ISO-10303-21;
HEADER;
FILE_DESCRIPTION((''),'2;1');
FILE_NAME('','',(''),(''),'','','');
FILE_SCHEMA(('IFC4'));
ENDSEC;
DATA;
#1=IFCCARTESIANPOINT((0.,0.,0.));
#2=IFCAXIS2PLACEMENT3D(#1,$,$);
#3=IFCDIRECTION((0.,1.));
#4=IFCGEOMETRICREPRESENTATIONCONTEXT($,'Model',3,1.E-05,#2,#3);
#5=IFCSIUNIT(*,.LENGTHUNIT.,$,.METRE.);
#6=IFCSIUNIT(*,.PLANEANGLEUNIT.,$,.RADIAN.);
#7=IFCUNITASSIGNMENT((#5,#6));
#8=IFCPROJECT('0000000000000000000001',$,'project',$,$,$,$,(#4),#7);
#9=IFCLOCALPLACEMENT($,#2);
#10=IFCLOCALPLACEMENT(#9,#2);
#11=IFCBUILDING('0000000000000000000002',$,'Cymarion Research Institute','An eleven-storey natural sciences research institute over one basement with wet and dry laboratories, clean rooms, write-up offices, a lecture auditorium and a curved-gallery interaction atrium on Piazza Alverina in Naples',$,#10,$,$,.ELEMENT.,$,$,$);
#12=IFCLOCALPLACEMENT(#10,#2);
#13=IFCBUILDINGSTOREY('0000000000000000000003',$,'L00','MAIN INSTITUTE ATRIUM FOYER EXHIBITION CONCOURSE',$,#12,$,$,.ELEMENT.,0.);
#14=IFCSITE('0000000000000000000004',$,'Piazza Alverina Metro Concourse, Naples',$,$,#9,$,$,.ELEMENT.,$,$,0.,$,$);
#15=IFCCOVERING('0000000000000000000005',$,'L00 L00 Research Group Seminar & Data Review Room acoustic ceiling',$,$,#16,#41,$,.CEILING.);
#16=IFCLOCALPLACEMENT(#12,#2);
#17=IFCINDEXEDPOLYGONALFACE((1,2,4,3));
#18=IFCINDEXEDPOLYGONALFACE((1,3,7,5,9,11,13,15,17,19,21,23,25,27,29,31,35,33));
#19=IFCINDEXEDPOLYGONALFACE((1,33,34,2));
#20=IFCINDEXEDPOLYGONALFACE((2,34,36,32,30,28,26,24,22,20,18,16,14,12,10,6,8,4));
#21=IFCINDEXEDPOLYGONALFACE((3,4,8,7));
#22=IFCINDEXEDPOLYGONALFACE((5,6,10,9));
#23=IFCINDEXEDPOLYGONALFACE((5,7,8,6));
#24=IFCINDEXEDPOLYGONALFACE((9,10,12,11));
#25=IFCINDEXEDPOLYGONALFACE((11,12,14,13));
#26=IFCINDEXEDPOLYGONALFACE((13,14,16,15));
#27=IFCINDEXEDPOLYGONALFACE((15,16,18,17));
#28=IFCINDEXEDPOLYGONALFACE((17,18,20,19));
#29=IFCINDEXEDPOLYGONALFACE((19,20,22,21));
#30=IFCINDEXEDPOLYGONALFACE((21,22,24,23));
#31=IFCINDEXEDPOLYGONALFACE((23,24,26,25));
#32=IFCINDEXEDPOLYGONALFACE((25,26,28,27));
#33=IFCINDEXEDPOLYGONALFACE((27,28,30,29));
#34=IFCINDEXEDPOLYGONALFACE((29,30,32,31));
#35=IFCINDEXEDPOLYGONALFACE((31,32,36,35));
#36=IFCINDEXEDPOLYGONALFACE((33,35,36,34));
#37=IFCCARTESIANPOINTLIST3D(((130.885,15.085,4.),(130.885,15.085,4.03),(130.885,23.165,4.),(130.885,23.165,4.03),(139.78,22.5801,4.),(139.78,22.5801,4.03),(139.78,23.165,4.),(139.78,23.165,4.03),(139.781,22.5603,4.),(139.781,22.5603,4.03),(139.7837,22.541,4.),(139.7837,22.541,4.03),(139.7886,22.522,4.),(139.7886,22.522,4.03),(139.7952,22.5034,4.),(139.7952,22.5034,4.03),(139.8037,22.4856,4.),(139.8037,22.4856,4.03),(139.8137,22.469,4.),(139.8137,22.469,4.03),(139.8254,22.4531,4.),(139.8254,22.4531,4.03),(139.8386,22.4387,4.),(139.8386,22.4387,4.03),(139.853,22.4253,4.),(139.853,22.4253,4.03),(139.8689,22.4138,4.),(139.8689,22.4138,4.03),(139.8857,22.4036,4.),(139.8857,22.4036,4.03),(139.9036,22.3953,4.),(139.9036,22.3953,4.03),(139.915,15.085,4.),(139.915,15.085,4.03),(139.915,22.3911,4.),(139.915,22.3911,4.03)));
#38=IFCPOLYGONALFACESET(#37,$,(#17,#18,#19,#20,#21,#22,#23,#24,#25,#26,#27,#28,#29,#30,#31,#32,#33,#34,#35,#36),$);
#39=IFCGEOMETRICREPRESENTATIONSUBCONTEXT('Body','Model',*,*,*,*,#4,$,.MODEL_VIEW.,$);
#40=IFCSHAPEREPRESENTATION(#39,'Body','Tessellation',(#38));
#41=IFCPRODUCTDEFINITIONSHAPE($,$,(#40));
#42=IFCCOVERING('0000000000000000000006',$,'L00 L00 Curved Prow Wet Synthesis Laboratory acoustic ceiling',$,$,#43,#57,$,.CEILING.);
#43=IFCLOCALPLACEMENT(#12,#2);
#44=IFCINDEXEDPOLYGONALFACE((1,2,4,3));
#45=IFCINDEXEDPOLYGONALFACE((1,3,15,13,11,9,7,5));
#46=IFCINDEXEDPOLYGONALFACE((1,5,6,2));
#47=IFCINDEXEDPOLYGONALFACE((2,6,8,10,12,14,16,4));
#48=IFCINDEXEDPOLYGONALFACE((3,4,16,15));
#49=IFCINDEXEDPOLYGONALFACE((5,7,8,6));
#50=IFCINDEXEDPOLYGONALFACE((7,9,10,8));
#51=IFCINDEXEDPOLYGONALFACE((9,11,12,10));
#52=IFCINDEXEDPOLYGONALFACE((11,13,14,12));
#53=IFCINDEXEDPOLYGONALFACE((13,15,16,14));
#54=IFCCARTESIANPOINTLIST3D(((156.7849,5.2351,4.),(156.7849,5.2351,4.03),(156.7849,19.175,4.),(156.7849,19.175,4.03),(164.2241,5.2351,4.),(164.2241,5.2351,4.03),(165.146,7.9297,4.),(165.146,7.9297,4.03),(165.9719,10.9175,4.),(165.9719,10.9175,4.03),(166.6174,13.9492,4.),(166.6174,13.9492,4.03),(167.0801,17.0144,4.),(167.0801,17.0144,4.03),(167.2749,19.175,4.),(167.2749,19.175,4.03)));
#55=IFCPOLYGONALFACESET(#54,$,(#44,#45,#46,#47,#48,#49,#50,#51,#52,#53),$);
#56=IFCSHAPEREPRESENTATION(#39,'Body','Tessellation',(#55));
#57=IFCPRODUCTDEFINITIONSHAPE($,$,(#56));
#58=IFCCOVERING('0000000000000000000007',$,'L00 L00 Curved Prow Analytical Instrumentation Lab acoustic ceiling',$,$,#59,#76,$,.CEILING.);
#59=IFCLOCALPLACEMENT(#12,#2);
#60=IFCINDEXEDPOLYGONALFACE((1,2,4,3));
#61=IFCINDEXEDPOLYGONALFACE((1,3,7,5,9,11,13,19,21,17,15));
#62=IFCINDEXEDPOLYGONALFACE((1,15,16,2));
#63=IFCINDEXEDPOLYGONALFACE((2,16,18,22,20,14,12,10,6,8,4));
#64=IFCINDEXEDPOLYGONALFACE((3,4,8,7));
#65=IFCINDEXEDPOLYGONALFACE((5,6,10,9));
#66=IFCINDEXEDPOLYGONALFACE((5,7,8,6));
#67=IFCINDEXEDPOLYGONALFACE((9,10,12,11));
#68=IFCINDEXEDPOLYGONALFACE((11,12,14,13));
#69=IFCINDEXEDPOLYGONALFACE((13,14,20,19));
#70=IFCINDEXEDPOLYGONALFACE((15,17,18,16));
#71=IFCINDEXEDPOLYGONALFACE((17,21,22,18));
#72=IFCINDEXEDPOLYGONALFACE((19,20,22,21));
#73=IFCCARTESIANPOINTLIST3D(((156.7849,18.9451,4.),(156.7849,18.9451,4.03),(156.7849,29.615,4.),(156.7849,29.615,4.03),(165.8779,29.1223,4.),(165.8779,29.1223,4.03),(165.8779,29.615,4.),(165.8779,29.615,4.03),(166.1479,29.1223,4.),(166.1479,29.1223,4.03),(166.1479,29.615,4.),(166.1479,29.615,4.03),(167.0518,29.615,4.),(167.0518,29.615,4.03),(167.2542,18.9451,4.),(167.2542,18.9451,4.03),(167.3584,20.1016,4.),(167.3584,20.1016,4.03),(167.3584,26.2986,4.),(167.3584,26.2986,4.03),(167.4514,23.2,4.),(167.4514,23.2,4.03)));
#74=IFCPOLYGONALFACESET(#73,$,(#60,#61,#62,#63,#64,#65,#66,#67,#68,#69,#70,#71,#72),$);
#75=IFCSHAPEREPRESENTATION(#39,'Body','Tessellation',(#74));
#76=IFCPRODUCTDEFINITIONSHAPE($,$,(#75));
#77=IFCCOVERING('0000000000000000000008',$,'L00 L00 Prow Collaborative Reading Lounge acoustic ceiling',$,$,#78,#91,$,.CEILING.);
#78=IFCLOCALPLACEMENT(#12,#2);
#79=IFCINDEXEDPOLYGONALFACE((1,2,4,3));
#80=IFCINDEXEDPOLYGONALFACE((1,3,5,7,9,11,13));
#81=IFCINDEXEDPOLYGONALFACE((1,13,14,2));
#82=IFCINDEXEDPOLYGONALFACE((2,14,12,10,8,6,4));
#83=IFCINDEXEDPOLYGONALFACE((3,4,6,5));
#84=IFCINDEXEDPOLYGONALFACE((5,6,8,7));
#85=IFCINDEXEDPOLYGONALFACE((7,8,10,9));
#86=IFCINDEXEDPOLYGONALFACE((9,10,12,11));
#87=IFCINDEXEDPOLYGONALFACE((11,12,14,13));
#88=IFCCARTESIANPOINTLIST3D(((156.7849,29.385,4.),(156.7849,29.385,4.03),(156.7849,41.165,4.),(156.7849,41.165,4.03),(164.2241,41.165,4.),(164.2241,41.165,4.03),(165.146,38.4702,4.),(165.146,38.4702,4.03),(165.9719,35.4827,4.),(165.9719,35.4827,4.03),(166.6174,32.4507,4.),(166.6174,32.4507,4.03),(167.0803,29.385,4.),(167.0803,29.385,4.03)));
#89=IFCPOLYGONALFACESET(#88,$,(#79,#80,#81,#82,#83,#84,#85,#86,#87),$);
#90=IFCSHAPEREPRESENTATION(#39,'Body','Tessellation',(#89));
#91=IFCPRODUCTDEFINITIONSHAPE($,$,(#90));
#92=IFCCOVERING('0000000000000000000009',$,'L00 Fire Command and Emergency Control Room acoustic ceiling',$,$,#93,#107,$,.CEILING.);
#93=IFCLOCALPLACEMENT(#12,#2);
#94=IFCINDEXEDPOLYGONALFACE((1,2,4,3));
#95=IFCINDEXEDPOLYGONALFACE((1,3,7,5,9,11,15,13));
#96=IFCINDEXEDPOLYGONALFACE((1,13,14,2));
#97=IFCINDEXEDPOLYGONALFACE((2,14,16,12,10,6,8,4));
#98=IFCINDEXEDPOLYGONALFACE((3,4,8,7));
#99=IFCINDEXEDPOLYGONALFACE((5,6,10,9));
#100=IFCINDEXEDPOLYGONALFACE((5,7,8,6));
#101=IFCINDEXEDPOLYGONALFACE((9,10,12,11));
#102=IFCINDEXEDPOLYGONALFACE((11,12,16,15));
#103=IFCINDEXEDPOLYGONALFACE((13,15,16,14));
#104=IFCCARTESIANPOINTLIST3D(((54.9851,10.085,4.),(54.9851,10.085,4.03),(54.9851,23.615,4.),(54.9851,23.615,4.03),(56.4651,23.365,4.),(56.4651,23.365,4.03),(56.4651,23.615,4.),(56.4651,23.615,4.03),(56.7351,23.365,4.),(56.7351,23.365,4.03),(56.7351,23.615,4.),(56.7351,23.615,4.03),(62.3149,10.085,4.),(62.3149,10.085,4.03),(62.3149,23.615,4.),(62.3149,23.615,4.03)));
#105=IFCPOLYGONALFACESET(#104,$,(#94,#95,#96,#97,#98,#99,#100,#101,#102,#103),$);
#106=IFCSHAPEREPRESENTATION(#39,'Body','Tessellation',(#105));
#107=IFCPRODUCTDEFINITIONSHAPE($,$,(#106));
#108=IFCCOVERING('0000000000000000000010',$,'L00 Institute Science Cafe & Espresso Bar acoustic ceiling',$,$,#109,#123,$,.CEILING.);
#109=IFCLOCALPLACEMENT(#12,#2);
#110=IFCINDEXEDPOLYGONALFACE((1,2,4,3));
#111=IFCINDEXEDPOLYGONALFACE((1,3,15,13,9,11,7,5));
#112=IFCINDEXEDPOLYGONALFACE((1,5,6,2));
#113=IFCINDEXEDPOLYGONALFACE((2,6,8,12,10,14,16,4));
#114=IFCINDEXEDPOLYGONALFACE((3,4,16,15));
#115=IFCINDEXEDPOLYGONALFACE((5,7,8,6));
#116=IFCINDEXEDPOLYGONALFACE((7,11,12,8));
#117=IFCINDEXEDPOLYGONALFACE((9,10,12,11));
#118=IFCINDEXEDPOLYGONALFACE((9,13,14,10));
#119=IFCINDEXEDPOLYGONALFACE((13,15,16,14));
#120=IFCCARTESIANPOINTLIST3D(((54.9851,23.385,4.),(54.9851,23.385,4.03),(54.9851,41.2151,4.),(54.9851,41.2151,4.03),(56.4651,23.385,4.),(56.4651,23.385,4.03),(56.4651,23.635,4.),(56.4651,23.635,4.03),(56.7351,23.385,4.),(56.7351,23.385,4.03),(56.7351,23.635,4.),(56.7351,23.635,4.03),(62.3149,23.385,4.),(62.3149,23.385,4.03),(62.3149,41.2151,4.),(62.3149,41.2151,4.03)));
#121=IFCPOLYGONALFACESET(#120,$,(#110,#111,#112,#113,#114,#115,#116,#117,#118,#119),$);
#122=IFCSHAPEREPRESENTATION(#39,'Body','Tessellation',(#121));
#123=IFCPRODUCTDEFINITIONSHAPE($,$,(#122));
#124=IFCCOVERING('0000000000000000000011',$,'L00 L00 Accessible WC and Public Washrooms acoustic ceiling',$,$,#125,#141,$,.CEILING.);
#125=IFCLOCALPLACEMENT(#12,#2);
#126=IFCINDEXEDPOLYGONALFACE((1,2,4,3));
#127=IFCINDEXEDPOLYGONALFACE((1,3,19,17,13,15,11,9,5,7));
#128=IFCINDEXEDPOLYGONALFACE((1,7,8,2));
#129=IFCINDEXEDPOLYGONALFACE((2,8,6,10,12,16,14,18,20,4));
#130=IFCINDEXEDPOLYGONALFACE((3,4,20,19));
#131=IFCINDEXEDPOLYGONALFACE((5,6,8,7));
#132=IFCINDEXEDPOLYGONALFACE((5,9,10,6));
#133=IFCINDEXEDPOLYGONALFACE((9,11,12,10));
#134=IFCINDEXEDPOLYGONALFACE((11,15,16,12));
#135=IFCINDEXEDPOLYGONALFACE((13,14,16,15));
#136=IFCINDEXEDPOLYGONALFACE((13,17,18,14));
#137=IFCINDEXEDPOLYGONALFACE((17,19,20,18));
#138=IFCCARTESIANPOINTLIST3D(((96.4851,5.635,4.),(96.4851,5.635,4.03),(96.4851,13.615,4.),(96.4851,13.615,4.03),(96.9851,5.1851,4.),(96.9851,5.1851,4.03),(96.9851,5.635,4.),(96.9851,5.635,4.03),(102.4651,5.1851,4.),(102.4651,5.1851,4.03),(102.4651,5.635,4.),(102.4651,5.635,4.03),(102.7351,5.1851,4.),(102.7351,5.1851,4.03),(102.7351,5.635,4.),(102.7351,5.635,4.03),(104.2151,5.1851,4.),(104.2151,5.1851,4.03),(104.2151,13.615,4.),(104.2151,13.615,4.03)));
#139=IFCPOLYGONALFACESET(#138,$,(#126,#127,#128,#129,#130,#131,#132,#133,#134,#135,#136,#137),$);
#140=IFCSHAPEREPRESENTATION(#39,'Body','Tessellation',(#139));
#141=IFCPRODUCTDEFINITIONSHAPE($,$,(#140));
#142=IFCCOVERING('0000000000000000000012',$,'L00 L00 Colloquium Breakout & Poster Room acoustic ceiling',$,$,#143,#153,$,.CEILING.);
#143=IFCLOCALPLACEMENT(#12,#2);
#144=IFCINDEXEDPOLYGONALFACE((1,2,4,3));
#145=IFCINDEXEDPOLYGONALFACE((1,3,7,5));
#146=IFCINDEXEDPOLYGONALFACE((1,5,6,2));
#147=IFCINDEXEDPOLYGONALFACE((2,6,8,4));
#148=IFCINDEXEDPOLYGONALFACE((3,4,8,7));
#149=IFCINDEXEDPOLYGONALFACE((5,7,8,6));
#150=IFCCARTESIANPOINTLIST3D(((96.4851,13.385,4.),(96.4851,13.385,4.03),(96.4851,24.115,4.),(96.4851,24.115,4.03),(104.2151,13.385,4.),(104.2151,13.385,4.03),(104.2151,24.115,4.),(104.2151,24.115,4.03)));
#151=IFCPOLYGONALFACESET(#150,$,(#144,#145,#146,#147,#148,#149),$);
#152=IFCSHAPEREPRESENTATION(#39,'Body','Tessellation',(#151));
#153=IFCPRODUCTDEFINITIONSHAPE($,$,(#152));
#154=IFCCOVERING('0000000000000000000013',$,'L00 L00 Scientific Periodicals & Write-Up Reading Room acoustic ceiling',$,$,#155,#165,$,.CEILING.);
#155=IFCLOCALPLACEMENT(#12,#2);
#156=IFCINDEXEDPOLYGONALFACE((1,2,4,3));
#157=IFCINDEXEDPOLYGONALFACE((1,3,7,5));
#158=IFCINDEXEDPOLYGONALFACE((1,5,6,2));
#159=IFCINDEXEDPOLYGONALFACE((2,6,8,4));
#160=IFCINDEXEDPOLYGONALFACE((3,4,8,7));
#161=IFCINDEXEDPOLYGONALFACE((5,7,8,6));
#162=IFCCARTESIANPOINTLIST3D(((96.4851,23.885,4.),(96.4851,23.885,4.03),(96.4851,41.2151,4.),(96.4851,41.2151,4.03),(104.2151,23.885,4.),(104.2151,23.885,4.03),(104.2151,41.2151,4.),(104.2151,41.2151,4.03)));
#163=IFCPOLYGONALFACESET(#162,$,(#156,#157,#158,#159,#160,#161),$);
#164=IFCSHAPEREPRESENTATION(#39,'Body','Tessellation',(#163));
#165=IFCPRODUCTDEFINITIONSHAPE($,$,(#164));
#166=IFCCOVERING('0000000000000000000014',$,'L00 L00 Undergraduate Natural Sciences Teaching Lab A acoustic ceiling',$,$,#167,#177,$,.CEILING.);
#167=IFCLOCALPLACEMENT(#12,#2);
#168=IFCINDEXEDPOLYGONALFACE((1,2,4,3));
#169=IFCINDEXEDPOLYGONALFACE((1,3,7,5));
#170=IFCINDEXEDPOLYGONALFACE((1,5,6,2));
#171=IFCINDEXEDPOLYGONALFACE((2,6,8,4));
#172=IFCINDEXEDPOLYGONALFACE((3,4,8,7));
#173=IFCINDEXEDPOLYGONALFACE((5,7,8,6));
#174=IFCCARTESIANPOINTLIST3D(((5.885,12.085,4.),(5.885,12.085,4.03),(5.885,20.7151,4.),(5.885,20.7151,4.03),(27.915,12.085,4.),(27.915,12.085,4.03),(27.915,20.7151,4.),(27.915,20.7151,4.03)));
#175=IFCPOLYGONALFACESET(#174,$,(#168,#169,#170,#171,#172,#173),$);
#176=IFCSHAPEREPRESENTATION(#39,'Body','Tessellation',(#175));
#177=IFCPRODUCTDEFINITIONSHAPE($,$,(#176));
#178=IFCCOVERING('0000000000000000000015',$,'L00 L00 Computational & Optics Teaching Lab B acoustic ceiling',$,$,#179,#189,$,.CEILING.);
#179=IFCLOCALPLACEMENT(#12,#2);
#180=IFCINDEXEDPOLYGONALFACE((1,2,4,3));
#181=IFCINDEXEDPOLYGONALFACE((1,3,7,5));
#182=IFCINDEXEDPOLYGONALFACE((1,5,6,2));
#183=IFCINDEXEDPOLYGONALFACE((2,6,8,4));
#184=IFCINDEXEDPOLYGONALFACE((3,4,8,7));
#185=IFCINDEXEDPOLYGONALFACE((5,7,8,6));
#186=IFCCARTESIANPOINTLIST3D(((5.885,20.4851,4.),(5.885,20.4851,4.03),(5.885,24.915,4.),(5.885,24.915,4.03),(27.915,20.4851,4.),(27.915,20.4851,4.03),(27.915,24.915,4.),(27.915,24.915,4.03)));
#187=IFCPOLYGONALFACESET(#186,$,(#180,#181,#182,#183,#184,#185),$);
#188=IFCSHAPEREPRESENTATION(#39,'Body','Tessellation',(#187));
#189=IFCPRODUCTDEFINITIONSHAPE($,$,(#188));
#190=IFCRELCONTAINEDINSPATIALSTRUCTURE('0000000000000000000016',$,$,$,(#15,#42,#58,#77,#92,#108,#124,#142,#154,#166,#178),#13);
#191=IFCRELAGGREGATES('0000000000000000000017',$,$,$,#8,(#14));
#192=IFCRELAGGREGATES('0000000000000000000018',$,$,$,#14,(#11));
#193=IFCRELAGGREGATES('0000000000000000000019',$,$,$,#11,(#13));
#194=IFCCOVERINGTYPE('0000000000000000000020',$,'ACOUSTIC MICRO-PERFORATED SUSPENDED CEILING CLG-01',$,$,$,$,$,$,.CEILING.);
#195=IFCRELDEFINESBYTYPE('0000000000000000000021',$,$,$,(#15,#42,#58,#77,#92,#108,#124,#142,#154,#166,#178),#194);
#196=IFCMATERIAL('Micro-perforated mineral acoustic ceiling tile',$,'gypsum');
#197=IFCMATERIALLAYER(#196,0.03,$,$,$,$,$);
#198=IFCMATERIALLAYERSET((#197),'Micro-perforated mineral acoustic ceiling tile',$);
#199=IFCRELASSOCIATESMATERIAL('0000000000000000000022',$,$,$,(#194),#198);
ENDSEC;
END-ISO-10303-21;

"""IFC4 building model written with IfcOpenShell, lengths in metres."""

from ifc_helpers import new_model, si_unit, direction, frame, origin, place, context, subcontext, project, spatial, polyline, outline, extrude, material, layer, layer_set, type_object, element, save


model = new_model("IFC4")

# Units and contexts
model_context = context("Model", 3, precision=1e-05, world=origin(), true_north=direction((0.0, 1.0)))
body_context = subcontext(model_context, "Body", "Model", "MODEL_VIEW")
ifc_project = project(units=[si_unit("LENGTHUNIT", "METRE"), si_unit("PLANEANGLEUNIT", "RADIAN")], contexts=[model_context])

# Site, building, storey
site_placement = place(None, origin())
site = spatial("IfcSite", under=ifc_project, at=site_placement, Name="Piazza Alverina Metro Concourse, Naples", CompositionType="ELEMENT", RefElevation=0.0)
building_placement = place(site_placement, origin())
building = spatial("IfcBuilding", under=site, at=building_placement, Name="Cymarion Research Institute", Description="An eleven-storey natural sciences research institute over one basement with wet and dry laboratories, clean rooms, write-up offices, a lecture auditorium and a curved-gallery interaction atrium on Piazza Alverina in Naples", CompositionType="ELEMENT")
storey_placement = place(building_placement, origin())
storey = spatial("IfcBuildingStorey", under=building, at=storey_placement, Name="L00", Description="MAIN INSTITUTE ATRIUM FOYER EXHIBITION CONCOURSE", CompositionType="ELEMENT", Elevation=0.0)

# Coverings
ifc_material_1 = material(Name="Micro-perforated mineral acoustic ceiling tile", Category="gypsum")
ifc_layer_1 = layer(ifc_material_1, 0.03)
ifc_layer_set_1 = layer_set([ifc_layer_1], Name="Micro-perforated mineral acoustic ceiling tile")
covering_type = type_object("IfcCoveringType", Name="ACOUSTIC MICRO-PERFORATED SUSPENDED CEILING CLG-01", PredefinedType="CEILING", material=ifc_layer_set_1)
covering_1_placement = place(storey_placement, frame((0.0, 0.0, 4.0)))
element("IfcCovering", 1, at=covering_1_placement, inside=storey, type_object=covering_type, Name="L00 L00 Research Group Seminar & Data Review Room acoustic ceiling", PredefinedType="CEILING", context=body_context, shape_type="SweptSolid", body=[
    extrude(outline(polyline([(139.78, 23.165), (139.78, 22.5801), (139.781, 22.5603), (139.7837, 22.541), (139.7886, 22.522), (139.7952, 22.5034), (139.8037, 22.4856), (139.8137, 22.469), (139.8254, 22.4531), (139.8386, 22.4387), (139.853, 22.4253), (139.8689, 22.4138), (139.8857, 22.4036), (139.9036, 22.3953), (139.915, 22.3911), (139.915, 15.085), (130.885, 15.085), (130.885, 23.165), (139.78, 23.165)])), origin(), (0.0, 0.0, 1.0), 0.03),
])
covering_2_placement = place(storey_placement, frame((0.0, 0.0, 4.0)))
element("IfcCovering", 2, at=covering_2_placement, inside=storey, type_object=covering_type, Name="L00 L00 Curved Prow Wet Synthesis Laboratory acoustic ceiling", PredefinedType="CEILING", context=body_context, shape_type="SweptSolid", body=[
    extrude(outline(polyline([(167.2749, 19.175), (167.0801, 17.0144), (166.6174, 13.9492), (165.9719, 10.9175), (165.146, 7.9297), (164.2241, 5.2351), (156.7849, 5.2351), (156.7849, 19.175), (167.2749, 19.175)])), origin(), (0.0, 0.0, 1.0), 0.03),
])
covering_3_placement = place(storey_placement, frame((0.0, 0.0, 4.0)))
element("IfcCovering", 3, at=covering_3_placement, inside=storey, type_object=covering_type, Name="L00 L00 Curved Prow Analytical Instrumentation Lab acoustic ceiling", PredefinedType="CEILING", context=body_context, shape_type="SweptSolid", body=[
    extrude(outline(polyline([(165.8779, 29.615), (165.8779, 29.1223), (166.1479, 29.1223), (166.1479, 29.615), (167.0518, 29.615), (167.3584, 26.2986), (167.4514, 23.2), (167.3584, 20.1016), (167.2542, 18.9451), (156.7849, 18.9451), (156.7849, 29.615), (165.8779, 29.615)])), origin(), (0.0, 0.0, 1.0), 0.03),
])
covering_4_placement = place(storey_placement, frame((0.0, 0.0, 4.0)))
element("IfcCovering", 4, at=covering_4_placement, inside=storey, type_object=covering_type, Name="L00 L00 Prow Collaborative Reading Lounge acoustic ceiling", PredefinedType="CEILING", context=body_context, shape_type="SweptSolid", body=[
    extrude(outline(polyline([(164.2241, 41.165), (165.146, 38.4702), (165.9719, 35.4827), (166.6174, 32.4507), (167.0803, 29.385), (156.7849, 29.385), (156.7849, 41.165), (164.2241, 41.165)])), origin(), (0.0, 0.0, 1.0), 0.03),
])
covering_5_placement = place(storey_placement, frame((0.0, 0.0, 4.0)))
element("IfcCovering", 5, at=covering_5_placement, inside=storey, type_object=covering_type, Name="L00 Fire Command and Emergency Control Room acoustic ceiling", PredefinedType="CEILING", context=body_context, shape_type="SweptSolid", body=[
    extrude(outline(polyline([(54.9851, 10.085), (54.9851, 23.615), (56.4651, 23.615), (56.4651, 23.365), (56.7351, 23.365), (56.7351, 23.615), (62.3149, 23.615), (62.3149, 10.085), (54.9851, 10.085)])), origin(), (0.0, 0.0, 1.0), 0.03),
])
covering_6_placement = place(storey_placement, frame((0.0, 0.0, 4.0)))
element("IfcCovering", 6, at=covering_6_placement, inside=storey, type_object=covering_type, Name="L00 Institute Science Cafe & Espresso Bar acoustic ceiling", PredefinedType="CEILING", context=body_context, shape_type="SweptSolid", body=[
    extrude(outline(polyline([(56.7351, 23.635), (56.4651, 23.635), (56.4651, 23.385), (54.9851, 23.385), (54.9851, 41.2151), (62.3149, 41.2151), (62.3149, 23.385), (56.7351, 23.385), (56.7351, 23.635)])), origin(), (0.0, 0.0, 1.0), 0.03),
])
covering_7_placement = place(storey_placement, frame((0.0, 0.0, 4.0)))
element("IfcCovering", 7, at=covering_7_placement, inside=storey, type_object=covering_type, Name="L00 L00 Accessible WC and Public Washrooms acoustic ceiling", PredefinedType="CEILING", context=body_context, shape_type="SweptSolid", body=[
    extrude(outline(polyline([(102.7351, 5.635), (102.4651, 5.635), (102.4651, 5.1851), (96.9851, 5.1851), (96.9851, 5.635), (96.4851, 5.635), (96.4851, 13.615), (104.2151, 13.615), (104.2151, 5.1851), (102.7351, 5.1851), (102.7351, 5.635)])), origin(), (0.0, 0.0, 1.0), 0.03),
])
covering_8_placement = place(storey_placement, frame((0.0, 0.0, 4.0)))
element("IfcCovering", 8, at=covering_8_placement, inside=storey, type_object=covering_type, Name="L00 L00 Colloquium Breakout & Poster Room acoustic ceiling", PredefinedType="CEILING", context=body_context, shape_type="SweptSolid", body=[
    extrude(outline(polyline([(96.4851, 24.115), (104.2151, 24.115), (104.2151, 13.385), (96.4851, 13.385), (96.4851, 24.115)])), origin(), (0.0, 0.0, 1.0), 0.03),
])
covering_9_placement = place(storey_placement, frame((0.0, 0.0, 4.0)))
element("IfcCovering", 9, at=covering_9_placement, inside=storey, type_object=covering_type, Name="L00 L00 Scientific Periodicals & Write-Up Reading Room acoustic ceiling", PredefinedType="CEILING", context=body_context, shape_type="SweptSolid", body=[
    extrude(outline(polyline([(96.4851, 41.2151), (104.2151, 41.2151), (104.2151, 23.885), (96.4851, 23.885), (96.4851, 41.2151)])), origin(), (0.0, 0.0, 1.0), 0.03),
])
covering_10_placement = place(storey_placement, frame((0.0, 0.0, 4.0)))
element("IfcCovering", 10, at=covering_10_placement, inside=storey, type_object=covering_type, Name="L00 L00 Undergraduate Natural Sciences Teaching Lab A acoustic ceiling", PredefinedType="CEILING", context=body_context, shape_type="SweptSolid", body=[
    extrude(outline(polyline([(27.915, 20.7151), (27.915, 12.085), (5.885, 12.085), (5.885, 20.7151), (27.915, 20.7151)])), origin(), (0.0, 0.0, 1.0), 0.03),
])
covering_11_placement = place(storey_placement, frame((0.0, 0.0, 4.0)))
element("IfcCovering", 11, at=covering_11_placement, inside=storey, type_object=covering_type, Name="L00 L00 Computational & Optics Teaching Lab B acoustic ceiling", PredefinedType="CEILING", context=body_context, shape_type="SweptSolid", body=[
    extrude(outline(polyline([(27.915, 24.915), (27.915, 20.4851), (5.885, 20.4851), (5.885, 24.915), (27.915, 24.915)])), origin(), (0.0, 0.0, 1.0), 0.03),
])

save(model, "model.ifc")
